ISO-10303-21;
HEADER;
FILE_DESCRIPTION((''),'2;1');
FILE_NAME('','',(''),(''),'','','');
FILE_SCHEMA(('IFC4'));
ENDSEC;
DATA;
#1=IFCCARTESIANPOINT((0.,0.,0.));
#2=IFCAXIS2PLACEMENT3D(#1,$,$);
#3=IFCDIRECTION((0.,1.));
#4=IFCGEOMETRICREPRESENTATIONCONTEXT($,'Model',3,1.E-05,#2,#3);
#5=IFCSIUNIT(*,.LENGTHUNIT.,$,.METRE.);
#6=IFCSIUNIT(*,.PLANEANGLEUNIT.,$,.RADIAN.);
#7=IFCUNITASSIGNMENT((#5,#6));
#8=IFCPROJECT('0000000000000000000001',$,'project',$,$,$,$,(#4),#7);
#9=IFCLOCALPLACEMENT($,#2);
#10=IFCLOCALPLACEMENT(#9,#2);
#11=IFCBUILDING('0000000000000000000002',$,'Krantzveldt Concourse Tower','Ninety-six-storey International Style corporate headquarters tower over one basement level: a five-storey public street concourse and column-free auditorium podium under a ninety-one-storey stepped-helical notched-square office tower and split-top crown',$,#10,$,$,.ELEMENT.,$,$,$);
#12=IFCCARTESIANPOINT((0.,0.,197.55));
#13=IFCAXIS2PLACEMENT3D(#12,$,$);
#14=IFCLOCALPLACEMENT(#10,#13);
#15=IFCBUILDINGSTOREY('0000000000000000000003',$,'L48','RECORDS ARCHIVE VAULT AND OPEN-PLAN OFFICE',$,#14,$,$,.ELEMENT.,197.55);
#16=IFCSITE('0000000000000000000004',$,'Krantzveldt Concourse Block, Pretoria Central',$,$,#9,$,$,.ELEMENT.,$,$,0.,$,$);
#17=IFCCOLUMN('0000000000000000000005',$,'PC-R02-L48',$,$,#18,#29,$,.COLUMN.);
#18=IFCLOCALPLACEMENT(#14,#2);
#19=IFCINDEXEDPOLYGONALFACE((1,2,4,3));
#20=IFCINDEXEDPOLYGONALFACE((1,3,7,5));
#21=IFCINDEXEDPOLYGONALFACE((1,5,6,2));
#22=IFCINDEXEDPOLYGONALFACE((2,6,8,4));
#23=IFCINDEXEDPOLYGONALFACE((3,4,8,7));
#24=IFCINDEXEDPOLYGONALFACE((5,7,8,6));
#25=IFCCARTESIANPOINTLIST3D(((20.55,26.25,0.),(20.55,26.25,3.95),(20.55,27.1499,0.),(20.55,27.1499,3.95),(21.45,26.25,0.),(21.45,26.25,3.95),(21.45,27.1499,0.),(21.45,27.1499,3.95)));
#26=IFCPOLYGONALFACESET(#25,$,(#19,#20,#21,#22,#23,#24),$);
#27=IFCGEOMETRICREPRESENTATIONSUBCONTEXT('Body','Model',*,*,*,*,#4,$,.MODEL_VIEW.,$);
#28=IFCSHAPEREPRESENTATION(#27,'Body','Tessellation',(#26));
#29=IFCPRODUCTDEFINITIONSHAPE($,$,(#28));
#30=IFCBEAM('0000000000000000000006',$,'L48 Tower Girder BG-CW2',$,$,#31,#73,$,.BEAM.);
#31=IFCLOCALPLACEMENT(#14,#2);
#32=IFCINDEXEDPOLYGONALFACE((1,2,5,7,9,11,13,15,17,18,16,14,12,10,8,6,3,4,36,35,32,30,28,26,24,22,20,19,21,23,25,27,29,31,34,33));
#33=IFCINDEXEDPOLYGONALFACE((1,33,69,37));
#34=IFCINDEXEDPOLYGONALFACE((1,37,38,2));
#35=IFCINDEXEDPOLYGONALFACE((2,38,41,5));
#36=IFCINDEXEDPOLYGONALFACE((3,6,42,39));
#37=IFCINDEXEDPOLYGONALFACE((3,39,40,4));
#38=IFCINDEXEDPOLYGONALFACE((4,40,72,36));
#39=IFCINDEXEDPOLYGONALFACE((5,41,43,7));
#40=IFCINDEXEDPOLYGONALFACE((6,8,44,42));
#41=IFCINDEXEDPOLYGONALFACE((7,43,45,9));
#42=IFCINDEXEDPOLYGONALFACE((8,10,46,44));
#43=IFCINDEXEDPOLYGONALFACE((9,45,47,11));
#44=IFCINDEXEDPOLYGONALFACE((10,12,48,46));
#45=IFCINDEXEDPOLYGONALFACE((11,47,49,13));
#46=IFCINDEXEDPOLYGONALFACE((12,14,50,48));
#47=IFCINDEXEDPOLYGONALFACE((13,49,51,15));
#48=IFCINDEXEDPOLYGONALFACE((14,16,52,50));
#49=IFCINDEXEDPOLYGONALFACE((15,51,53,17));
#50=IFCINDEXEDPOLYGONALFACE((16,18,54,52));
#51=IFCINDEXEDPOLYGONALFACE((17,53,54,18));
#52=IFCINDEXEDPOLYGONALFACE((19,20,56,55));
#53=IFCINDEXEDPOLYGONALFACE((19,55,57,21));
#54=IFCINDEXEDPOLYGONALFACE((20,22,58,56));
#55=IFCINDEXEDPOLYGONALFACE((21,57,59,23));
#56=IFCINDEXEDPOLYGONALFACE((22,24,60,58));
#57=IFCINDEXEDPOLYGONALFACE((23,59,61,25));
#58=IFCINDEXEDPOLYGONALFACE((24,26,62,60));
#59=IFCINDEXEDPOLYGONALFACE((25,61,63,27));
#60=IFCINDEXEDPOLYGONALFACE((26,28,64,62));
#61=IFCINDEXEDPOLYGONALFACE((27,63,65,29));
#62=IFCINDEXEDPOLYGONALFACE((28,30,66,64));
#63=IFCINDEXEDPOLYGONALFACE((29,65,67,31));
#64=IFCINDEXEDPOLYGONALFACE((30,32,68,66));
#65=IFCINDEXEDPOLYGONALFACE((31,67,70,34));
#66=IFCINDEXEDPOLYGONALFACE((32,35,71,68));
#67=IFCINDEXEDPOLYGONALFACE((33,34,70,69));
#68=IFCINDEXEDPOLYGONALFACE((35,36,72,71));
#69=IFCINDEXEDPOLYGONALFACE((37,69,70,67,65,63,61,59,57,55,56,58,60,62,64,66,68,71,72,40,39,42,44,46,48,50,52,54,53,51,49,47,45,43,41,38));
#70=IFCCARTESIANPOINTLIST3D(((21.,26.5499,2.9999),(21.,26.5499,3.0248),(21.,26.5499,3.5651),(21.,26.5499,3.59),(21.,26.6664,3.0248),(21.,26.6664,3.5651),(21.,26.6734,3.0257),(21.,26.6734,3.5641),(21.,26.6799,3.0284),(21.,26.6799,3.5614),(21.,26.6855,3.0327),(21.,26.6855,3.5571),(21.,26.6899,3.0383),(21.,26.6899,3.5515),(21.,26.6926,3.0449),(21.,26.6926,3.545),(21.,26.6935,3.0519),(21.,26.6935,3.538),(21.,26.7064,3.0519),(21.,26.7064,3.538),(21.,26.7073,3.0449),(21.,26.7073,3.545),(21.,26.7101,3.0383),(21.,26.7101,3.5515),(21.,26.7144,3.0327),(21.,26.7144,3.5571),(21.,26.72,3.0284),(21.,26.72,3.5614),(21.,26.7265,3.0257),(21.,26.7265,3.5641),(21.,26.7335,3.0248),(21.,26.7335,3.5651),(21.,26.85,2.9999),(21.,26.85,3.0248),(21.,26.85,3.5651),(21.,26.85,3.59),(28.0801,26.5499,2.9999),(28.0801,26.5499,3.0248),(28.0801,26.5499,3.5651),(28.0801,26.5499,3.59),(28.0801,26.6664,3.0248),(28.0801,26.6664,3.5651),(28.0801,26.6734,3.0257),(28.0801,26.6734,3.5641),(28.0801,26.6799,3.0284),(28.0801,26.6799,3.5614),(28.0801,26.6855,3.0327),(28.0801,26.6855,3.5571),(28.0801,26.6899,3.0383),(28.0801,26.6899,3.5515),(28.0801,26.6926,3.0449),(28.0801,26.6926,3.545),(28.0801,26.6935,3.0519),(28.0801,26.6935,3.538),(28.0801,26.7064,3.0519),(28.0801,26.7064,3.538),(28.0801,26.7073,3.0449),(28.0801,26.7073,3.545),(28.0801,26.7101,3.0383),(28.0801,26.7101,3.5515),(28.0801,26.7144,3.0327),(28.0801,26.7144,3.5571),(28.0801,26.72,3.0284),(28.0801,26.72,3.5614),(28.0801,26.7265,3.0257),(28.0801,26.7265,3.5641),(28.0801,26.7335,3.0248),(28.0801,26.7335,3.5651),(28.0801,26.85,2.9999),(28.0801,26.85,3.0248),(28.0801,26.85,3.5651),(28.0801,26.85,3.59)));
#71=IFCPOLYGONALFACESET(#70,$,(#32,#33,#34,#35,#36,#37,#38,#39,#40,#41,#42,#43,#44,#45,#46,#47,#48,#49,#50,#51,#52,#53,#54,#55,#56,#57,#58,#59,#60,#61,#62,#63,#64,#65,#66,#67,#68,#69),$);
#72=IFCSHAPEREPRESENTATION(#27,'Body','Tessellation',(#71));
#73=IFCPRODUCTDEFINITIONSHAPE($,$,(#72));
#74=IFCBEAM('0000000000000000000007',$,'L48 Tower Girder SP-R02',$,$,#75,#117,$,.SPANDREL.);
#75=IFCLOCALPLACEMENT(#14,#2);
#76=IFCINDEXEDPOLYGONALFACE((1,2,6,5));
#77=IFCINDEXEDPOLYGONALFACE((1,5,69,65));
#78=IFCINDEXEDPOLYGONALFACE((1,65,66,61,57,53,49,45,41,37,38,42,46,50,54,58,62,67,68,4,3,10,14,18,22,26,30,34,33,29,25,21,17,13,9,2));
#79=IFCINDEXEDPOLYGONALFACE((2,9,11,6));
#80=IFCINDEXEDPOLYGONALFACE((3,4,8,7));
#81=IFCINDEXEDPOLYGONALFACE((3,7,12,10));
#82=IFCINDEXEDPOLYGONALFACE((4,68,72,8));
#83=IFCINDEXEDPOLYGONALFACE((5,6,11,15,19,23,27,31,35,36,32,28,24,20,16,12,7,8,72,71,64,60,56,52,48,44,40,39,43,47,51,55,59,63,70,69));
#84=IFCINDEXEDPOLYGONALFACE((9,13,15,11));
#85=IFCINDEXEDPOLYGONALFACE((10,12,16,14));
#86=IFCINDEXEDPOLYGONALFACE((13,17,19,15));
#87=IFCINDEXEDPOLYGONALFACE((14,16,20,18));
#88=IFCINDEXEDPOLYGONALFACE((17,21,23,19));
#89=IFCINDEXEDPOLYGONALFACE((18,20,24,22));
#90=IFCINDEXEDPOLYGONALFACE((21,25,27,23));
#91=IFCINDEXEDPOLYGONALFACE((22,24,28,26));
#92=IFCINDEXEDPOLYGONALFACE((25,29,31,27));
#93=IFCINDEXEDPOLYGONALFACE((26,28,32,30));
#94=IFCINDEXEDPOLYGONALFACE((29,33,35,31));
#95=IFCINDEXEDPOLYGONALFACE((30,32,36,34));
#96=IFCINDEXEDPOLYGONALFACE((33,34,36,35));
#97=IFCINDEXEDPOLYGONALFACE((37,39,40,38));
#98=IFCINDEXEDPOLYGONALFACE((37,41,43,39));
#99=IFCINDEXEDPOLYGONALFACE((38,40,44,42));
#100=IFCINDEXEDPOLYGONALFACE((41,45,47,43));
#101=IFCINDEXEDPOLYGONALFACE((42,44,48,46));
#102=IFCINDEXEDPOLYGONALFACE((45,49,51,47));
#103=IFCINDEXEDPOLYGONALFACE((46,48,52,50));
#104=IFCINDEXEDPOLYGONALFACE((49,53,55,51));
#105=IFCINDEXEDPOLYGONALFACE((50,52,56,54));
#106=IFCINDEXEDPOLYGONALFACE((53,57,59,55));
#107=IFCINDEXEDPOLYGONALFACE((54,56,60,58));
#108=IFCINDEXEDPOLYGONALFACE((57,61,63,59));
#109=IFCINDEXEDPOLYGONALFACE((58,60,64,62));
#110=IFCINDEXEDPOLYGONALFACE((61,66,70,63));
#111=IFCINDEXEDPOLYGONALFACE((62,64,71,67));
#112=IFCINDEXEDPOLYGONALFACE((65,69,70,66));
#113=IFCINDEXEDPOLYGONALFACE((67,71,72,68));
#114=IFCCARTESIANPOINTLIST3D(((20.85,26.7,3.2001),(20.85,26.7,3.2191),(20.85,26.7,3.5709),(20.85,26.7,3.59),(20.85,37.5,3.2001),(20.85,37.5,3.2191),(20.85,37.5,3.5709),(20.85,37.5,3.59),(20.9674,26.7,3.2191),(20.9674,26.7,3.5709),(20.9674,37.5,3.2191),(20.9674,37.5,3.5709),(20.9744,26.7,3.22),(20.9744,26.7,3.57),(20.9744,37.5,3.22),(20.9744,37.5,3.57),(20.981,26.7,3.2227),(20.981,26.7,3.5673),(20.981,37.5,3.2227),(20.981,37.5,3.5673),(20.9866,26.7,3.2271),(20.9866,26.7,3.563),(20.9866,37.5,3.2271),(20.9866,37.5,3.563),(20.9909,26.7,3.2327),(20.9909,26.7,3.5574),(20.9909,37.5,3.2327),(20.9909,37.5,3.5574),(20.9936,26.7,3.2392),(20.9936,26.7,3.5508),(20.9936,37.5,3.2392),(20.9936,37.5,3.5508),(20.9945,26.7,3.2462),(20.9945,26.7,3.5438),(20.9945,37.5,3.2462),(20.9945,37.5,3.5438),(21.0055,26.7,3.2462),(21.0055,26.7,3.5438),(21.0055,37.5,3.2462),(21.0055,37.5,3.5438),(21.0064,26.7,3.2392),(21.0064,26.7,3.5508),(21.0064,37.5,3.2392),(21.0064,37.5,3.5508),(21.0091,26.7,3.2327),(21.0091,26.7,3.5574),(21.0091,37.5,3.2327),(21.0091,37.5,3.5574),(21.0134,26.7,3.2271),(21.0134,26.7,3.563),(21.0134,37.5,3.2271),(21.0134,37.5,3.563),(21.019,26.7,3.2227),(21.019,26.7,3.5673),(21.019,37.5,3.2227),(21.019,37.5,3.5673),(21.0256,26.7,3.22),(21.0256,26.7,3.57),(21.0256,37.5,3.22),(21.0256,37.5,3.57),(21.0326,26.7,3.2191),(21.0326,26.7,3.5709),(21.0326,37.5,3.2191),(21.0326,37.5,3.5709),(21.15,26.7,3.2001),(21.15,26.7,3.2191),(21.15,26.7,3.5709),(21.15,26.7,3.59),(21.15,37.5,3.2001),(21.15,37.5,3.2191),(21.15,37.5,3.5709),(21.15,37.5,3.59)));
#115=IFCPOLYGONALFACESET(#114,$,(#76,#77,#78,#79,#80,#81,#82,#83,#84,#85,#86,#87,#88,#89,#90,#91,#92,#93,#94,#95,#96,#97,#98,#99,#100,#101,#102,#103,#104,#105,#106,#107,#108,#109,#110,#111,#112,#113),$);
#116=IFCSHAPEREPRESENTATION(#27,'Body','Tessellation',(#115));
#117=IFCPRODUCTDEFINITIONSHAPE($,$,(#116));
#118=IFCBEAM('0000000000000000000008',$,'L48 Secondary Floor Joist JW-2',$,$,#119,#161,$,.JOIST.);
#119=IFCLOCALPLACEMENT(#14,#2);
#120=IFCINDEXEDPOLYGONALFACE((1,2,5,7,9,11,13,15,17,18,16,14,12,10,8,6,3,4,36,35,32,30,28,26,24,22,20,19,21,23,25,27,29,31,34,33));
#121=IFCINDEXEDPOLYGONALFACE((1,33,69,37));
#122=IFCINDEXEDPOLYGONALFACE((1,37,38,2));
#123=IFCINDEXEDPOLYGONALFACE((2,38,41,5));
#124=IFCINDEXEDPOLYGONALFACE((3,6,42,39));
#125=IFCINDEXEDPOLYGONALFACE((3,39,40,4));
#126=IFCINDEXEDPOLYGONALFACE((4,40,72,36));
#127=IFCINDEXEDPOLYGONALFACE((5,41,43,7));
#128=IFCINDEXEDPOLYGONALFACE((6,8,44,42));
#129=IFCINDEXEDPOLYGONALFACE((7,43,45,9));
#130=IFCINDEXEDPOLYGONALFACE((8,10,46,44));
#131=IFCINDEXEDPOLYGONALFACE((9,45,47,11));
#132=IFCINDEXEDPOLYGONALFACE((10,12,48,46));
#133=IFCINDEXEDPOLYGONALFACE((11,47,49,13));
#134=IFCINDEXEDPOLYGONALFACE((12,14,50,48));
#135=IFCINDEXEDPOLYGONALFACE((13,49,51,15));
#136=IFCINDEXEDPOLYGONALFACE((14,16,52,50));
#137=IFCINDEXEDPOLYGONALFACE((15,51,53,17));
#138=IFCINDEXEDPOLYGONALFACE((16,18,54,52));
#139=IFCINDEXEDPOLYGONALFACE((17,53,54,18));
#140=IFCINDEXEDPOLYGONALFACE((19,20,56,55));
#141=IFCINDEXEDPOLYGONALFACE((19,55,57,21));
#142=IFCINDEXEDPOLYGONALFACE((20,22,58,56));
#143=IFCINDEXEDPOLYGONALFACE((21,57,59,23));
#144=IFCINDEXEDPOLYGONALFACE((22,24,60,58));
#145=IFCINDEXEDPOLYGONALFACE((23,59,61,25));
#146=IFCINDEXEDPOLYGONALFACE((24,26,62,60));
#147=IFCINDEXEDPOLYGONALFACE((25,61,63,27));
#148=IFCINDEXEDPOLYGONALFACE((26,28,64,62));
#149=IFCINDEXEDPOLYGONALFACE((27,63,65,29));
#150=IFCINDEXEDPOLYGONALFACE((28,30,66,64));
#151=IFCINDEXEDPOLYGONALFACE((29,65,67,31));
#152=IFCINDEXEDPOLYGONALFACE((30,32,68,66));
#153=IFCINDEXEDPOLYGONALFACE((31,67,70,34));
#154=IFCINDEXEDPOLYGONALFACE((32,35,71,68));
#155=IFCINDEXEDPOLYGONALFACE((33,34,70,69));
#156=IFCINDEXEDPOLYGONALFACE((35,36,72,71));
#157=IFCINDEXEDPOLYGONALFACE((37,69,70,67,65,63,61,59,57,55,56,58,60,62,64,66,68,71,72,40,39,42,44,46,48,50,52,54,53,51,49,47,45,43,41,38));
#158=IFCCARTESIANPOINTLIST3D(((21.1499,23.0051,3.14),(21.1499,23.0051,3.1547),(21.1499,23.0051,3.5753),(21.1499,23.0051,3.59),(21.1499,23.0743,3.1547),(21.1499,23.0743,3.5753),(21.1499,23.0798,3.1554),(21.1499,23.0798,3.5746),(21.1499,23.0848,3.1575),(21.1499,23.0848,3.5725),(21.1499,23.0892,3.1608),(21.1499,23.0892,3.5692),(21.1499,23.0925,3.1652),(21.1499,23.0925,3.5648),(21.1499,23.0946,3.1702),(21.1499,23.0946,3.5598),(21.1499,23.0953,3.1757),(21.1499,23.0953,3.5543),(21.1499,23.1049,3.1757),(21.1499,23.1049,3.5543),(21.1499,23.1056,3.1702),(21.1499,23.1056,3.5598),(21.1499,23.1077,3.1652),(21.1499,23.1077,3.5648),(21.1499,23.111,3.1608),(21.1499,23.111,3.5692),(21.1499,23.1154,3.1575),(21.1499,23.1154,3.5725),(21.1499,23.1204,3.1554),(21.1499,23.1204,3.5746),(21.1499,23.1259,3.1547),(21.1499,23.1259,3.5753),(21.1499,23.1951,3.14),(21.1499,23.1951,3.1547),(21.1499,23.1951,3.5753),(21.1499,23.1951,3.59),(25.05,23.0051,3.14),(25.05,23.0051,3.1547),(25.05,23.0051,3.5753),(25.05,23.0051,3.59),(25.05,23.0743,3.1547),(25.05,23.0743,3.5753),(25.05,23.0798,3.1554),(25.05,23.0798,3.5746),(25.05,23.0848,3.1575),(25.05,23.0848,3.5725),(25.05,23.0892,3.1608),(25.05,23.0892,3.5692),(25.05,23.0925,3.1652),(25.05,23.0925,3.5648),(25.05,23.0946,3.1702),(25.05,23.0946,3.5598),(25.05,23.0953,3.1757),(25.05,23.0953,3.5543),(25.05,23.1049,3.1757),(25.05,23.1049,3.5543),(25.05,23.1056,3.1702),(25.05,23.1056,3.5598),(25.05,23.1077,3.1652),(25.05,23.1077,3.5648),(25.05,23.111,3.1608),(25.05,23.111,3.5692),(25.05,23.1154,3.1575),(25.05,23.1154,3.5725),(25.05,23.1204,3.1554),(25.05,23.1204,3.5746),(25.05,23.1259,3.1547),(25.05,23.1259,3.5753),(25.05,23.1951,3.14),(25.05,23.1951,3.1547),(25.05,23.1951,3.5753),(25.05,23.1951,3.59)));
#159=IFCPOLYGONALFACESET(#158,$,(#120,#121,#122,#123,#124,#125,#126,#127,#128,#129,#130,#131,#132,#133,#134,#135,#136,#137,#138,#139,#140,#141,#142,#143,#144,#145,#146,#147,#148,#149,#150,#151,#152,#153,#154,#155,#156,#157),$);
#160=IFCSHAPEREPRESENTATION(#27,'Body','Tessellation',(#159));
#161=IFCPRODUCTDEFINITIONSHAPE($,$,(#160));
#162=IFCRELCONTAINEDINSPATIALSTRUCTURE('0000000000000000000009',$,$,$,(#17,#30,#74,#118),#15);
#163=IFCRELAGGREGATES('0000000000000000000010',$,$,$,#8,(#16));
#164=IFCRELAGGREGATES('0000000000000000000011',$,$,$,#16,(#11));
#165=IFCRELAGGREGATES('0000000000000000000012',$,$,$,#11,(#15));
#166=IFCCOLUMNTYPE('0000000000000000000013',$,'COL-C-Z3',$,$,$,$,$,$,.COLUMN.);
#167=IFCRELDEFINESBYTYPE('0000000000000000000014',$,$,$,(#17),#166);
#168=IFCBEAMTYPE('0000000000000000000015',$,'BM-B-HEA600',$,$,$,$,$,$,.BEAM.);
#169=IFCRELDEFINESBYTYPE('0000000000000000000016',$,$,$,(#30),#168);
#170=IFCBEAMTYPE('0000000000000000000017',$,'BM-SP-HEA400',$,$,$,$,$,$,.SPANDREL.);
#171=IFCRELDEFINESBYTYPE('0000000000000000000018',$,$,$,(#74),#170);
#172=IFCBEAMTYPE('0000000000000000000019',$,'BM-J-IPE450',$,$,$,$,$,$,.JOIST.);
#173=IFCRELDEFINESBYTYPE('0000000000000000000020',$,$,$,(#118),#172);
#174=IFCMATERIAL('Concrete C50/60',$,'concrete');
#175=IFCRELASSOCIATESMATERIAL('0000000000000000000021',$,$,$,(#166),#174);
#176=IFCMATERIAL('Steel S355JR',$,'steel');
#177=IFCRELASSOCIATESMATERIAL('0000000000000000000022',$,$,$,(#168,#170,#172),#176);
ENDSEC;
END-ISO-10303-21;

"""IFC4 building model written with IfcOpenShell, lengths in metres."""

from ifc_helpers import new_model, si_unit, direction, frame, origin, origin_2d, place, context, subcontext, project, spatial, rectangle, i_section, extrude, source, transform, mapped, material, material_profile, profile_set, type_object, type_shapes, element, save


model = new_model("IFC4")

# Units and contexts
model_context = context("Model", 3, precision=1e-05, world=origin(), true_north=direction((0.0, 1.0)))
body_context = subcontext(model_context, "Body", "Model", "MODEL_VIEW")
ifc_project = project(units=[si_unit("LENGTHUNIT", "METRE"), si_unit("PLANEANGLEUNIT", "RADIAN")], contexts=[model_context])

# Site, building, storey
site_placement = place(None, origin())
site = spatial("IfcSite", under=ifc_project, at=site_placement, Name="Krantzveldt Concourse Block, Pretoria Central", CompositionType="ELEMENT", RefElevation=0.0)
building_placement = place(site_placement, origin())
building = spatial("IfcBuilding", under=site, at=building_placement, Name="Krantzveldt Concourse Tower", Description="Ninety-six-storey International Style corporate headquarters tower over one basement level: a five-storey public street concourse and column-free auditorium podium under a ninety-one-storey stepped-helical notched-square office tower and split-top crown", CompositionType="ELEMENT")
storey_placement = place(building_placement, frame((0.0, 0.0, 197.55)))
storey = spatial("IfcBuildingStorey", under=building, at=storey_placement, Name="L48", Description="RECORDS ARCHIVE VAULT AND OPEN-PLAN OFFICE", CompositionType="ELEMENT", Elevation=197.55)

# Column
ifc_material_1 = material(Name="Concrete C50/60", Category="concrete")
ifc_material_profile_1 = material_profile(ifc_material_1, rectangle(XDim=0.8999, YDim=0.8999, at=origin_2d()), Name="Concrete C50/60", Category="concrete")
ifc_profile_set_1 = profile_set([ifc_material_profile_1], Name="Concrete C50/60 - RC 900x900")
column_type = type_object("IfcColumnType", Name="COL-C-Z3", PredefinedType="COLUMN", material=ifc_profile_set_1)
shared_shape_1 = source(origin(), body_context, "Body", "SweptSolid", [
    extrude(rectangle(XDim=0.8999, YDim=0.8999, at=origin_2d()), origin(), (0.0, 0.0, 1.0), 3.95),
])
type_shapes(column_type, [shared_shape_1])
column_placement = place(storey_placement, frame((21.0, 26.7, 0.0), z_axis=(0.0, 0.0, 1.0), x_axis=(1.0, 0.0, 0.0)))
element("IfcColumn", 1, at=column_placement, inside=storey, type_object=column_type, Name="PC-R02-L48", PredefinedType="COLUMN", context=body_context, shape_type="MappedRepresentation", body=[
    mapped(shared_shape_1, transform((0.0, 0.0, 0.0), x_axis=(1.0, 0.0, 0.0), y_axis=(0.0, 1.0, 0.0), z_axis=(0.0, 0.0, 1.0), scale=1.0)),
])

# Beams
ifc_material_2 = material(Name="Steel S355JR", Category="steel")
ifc_material_profile_2 = material_profile(ifc_material_2, i_section(OverallWidth=0.3, OverallDepth=0.5901, WebThickness=0.0129, FlangeThickness=0.0249, FilletRadius=0.0271, at=origin_2d()), Name="Steel S355JR", Category="steel")
ifc_profile_set_2 = profile_set([ifc_material_profile_2], Name="Steel S355JR - HEA 600")
beam_type_1 = type_object("IfcBeamType", Name="BM-B-HEA600", PredefinedType="BEAM", material=ifc_profile_set_2)
shared_shape_2 = source(origin(), body_context, "Body", "SweptSolid", [
    extrude(i_section(OverallWidth=0.3, OverallDepth=0.5901, WebThickness=0.0129, FlangeThickness=0.0249, FilletRadius=0.0271, at=origin_2d()), origin(), (0.0, 0.0, 1.0), 7.0801),
])
type_shapes(beam_type_1, [shared_shape_2])
beam_1_placement = place(storey_placement, frame((21.0, 26.7, 3.2949), z_axis=(1.0, 0.0, 0.0), x_axis=(0.0, 1.0, 0.0)))
element("IfcBeam", 2, at=beam_1_placement, inside=storey, type_object=beam_type_1, Name="L48 Tower Girder BG-CW2", PredefinedType="BEAM", context=body_context, shape_type="MappedRepresentation", body=[
    mapped(shared_shape_2, transform((0.0, 0.0, 0.0), x_axis=(1.0, 0.0, 0.0), y_axis=(0.0, 1.0, 0.0), z_axis=(0.0, 0.0, 1.0), scale=1.0)),
])
ifc_material_profile_3 = material_profile(ifc_material_2, i_section(OverallWidth=0.3, OverallDepth=0.3899, WebThickness=0.011, FlangeThickness=0.019, FilletRadius=0.0271, at=origin_2d()), Name="Steel S355JR", Category="steel")
ifc_profile_set_3 = profile_set([ifc_material_profile_3], Name="Steel S355JR - HEA 400")
beam_type_2 = type_object("IfcBeamType", Name="BM-SP-HEA400", PredefinedType="SPANDREL", material=ifc_profile_set_3)
shared_shape_3 = source(origin(), body_context, "Body", "SweptSolid", [
    extrude(i_section(OverallWidth=0.3, OverallDepth=0.3899, WebThickness=0.011, FlangeThickness=0.019, FilletRadius=0.0271, at=origin_2d()), origin(), (0.0, 0.0, 1.0), 10.8),
])
type_shapes(beam_type_2, [shared_shape_3])
beam_2_placement = place(storey_placement, frame((21.0, 26.7, 3.395), z_axis=(0.0, 1.0, 0.0), x_axis=(-1.0, 0.0, 0.0)))
element("IfcBeam", 3, at=beam_2_placement, inside=storey, type_object=beam_type_2, Name="L48 Tower Girder SP-R02", PredefinedType="SPANDREL", context=body_context, shape_type="MappedRepresentation", body=[
    mapped(shared_shape_3, transform((0.0, 0.0, 0.0), x_axis=(1.0, 0.0, 0.0), y_axis=(0.0, 1.0, 0.0), z_axis=(0.0, 0.0, 1.0), scale=1.0)),
])
ifc_material_profile_4 = material_profile(ifc_material_2, i_section(OverallWidth=0.1899, OverallDepth=0.45, WebThickness=0.0095, FlangeThickness=0.0146, FilletRadius=0.021, at=origin_2d()), Name="Steel S355JR", Category="steel")
ifc_profile_set_4 = profile_set([ifc_material_profile_4], Name="Steel S355JR - IPE 450")
beam_type_3 = type_object("IfcBeamType", Name="BM-J-IPE450", PredefinedType="JOIST", material=ifc_profile_set_4)
shared_shape_4 = source(origin(), body_context, "Body", "SweptSolid", [
    extrude(i_section(OverallWidth=0.1899, OverallDepth=0.45, WebThickness=0.0095, FlangeThickness=0.0146, FilletRadius=0.021, at=origin_2d()), origin(), (0.0, 0.0, 1.0), 3.9001),
])
type_shapes(beam_type_3, [shared_shape_4])
for number, where, z_axis, x_axis, name in (
    (4, (21.1499, 23.1001, 3.365), (1.0, 0.0, 0.0), (0.0, 1.0, 0.0), "L48 Secondary Floor Joist JW-2"),
):
    element("IfcBeam", number, at=place(storey_placement, frame(where, z_axis=z_axis, x_axis=x_axis)), inside=storey, type_object=beam_type_3, Name=name, PredefinedType="JOIST", context=body_context, shape_type="MappedRepresentation", body=[
        mapped(shared_shape_4, transform((0.0, 0.0, 0.0), x_axis=(1.0, 0.0, 0.0), y_axis=(0.0, 1.0, 0.0), z_axis=(0.0, 0.0, 1.0), scale=1.0)),
    ])

save(model, "model.ifc")
